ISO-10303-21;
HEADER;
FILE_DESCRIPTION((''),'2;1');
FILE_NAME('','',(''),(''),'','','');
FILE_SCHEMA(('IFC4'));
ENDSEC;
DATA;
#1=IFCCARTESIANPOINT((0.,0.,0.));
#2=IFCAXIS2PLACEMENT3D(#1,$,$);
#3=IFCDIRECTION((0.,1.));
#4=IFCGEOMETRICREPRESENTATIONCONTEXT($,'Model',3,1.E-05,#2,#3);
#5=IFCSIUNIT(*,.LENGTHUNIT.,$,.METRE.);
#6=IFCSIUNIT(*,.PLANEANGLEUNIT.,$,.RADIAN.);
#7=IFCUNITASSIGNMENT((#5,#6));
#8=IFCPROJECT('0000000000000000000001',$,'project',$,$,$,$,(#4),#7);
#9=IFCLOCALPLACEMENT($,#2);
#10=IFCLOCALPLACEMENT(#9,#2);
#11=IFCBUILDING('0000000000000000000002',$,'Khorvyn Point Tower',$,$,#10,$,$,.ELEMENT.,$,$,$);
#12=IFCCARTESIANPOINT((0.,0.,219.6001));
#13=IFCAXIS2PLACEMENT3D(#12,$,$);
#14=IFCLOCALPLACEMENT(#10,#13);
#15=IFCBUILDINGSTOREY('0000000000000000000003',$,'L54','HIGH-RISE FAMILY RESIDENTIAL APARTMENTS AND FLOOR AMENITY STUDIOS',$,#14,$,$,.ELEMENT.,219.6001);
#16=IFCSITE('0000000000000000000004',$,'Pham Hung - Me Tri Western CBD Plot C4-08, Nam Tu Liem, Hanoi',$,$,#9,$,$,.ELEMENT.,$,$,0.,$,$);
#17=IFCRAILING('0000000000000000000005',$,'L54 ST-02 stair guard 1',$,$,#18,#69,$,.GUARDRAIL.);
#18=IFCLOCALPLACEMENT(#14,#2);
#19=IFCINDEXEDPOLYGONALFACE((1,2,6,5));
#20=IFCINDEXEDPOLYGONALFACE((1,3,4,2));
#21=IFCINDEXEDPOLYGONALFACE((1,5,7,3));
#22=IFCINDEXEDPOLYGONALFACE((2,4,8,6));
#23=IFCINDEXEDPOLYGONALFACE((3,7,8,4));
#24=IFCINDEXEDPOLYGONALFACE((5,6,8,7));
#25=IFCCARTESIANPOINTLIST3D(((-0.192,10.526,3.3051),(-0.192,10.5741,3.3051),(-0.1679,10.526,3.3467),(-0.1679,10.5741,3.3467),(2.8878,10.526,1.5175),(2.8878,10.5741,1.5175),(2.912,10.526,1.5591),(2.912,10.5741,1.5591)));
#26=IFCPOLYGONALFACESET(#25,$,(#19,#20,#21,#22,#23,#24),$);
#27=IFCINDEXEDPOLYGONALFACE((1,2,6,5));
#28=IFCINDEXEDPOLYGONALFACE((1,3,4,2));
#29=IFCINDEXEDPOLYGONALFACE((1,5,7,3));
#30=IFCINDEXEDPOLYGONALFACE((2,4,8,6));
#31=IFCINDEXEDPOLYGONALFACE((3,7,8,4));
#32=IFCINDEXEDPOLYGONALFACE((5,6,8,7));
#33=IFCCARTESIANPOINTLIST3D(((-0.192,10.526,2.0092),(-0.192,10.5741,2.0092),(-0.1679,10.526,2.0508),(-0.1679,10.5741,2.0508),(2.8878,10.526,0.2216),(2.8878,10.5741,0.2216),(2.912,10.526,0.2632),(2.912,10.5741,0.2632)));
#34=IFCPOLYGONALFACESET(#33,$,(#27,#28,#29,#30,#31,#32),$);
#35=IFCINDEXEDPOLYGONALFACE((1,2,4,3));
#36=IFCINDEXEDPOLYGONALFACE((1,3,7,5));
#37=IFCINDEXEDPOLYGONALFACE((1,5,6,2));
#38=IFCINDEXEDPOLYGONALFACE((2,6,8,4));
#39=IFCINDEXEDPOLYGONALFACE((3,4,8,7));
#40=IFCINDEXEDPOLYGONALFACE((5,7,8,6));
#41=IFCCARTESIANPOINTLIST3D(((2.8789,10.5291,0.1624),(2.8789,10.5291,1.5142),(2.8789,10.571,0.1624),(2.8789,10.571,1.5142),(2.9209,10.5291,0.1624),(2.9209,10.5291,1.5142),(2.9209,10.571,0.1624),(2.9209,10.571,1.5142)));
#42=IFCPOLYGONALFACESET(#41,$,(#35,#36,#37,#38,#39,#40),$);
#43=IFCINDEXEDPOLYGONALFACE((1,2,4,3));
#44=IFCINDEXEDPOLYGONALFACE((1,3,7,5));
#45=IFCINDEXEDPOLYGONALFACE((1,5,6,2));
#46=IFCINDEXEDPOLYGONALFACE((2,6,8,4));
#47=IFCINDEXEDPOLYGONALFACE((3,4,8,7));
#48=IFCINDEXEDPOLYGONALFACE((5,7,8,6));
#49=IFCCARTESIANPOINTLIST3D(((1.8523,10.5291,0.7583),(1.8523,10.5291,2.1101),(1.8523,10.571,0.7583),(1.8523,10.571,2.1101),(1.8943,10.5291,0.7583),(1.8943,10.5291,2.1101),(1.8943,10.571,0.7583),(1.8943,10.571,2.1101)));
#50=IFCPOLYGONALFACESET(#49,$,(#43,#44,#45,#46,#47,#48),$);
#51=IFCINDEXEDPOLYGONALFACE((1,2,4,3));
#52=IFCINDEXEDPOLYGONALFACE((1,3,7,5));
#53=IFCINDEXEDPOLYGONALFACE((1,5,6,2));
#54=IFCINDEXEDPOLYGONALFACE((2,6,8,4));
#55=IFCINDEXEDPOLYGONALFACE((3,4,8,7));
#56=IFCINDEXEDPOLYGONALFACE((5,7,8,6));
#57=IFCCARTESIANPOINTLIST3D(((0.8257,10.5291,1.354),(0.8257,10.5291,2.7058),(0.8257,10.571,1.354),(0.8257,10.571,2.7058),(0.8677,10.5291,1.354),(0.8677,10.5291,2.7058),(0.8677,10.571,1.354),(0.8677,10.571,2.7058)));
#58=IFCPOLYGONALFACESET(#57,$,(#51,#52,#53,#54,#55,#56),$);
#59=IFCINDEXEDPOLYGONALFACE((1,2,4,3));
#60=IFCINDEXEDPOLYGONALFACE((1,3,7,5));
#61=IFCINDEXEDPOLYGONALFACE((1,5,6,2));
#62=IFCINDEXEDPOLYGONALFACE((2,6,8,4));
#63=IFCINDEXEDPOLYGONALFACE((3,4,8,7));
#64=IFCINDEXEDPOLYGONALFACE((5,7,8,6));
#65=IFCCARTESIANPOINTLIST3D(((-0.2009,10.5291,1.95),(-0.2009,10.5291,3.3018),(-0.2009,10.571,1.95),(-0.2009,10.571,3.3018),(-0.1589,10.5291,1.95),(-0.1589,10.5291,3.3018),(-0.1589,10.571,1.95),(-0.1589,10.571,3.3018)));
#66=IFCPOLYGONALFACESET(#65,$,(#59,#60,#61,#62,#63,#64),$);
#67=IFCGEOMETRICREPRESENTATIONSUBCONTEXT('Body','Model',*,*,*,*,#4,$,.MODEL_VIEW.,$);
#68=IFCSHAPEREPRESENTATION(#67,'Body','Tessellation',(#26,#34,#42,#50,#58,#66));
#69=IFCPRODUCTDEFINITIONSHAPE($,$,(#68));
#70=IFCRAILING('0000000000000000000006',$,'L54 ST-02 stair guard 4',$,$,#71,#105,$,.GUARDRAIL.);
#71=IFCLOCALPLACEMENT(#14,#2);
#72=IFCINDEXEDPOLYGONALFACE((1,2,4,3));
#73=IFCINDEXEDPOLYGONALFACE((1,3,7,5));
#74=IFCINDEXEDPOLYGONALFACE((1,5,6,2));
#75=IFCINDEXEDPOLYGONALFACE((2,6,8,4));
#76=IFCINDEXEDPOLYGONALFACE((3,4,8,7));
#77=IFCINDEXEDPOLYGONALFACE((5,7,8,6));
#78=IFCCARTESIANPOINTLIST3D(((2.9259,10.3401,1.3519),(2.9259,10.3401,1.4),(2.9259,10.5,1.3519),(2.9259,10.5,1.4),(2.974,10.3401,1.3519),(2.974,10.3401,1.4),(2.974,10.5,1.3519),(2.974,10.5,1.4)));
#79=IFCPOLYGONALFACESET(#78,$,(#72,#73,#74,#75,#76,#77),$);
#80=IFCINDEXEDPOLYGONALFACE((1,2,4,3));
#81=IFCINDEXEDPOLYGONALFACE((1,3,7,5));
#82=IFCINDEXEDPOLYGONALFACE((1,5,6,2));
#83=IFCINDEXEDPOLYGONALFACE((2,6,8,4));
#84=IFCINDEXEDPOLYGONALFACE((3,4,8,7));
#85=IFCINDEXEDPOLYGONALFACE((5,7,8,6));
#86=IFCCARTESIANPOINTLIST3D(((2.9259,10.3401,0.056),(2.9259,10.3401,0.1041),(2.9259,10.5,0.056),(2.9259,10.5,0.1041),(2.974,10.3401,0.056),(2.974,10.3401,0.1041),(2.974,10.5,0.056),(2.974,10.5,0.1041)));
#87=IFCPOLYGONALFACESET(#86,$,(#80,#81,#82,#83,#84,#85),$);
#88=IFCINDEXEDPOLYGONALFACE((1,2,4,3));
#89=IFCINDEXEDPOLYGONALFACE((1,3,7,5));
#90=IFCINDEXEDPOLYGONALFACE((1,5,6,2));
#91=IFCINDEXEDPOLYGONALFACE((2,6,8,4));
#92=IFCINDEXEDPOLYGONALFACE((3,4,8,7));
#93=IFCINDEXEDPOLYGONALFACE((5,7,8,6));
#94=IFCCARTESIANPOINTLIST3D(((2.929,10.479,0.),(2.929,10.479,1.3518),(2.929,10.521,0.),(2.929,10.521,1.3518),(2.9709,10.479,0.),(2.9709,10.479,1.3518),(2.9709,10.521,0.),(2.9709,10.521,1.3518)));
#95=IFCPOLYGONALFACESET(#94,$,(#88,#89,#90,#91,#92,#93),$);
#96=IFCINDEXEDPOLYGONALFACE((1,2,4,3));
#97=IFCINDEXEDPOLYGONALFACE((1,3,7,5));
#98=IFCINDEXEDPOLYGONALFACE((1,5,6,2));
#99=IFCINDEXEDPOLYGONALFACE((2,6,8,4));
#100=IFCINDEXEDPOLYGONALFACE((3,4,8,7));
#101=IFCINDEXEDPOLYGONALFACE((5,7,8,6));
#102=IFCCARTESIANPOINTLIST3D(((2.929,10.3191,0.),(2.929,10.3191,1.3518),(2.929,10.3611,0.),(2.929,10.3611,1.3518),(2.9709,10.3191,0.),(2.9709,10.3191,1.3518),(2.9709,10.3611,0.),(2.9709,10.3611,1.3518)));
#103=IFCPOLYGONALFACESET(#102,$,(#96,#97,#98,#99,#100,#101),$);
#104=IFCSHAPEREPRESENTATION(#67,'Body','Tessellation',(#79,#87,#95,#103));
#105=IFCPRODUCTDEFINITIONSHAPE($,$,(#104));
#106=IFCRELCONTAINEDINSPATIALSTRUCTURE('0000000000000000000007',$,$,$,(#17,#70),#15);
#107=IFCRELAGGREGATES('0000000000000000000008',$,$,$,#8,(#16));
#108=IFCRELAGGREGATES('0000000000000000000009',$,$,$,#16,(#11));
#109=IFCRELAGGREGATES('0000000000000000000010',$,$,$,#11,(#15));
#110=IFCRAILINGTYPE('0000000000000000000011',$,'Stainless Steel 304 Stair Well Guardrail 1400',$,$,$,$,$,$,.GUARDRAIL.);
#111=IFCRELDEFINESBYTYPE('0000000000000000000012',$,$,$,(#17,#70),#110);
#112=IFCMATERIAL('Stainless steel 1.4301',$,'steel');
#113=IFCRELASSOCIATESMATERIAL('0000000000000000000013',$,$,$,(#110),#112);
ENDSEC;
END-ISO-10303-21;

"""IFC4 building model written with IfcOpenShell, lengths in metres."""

from ifc_helpers import new_model, si_unit, direction, frame, origin, origin_2d, place, context, subcontext, project, spatial, rectangle, extrude, material, type_object, element, save


model = new_model("IFC4")

# Units and contexts
model_context = context("Model", 3, precision=1e-05, world=origin(), true_north=direction((0.0, 1.0)))
body_context = subcontext(model_context, "Body", "Model", "MODEL_VIEW")
ifc_project = project(units=[si_unit("LENGTHUNIT", "METRE"), si_unit("PLANEANGLEUNIT", "RADIAN")], contexts=[model_context])

# Site, building, storey
site_placement = place(None, origin())
site = spatial("IfcSite", under=ifc_project, at=site_placement, Name="Pham Hung - Me Tri Western CBD Plot C4-08, Nam Tu Liem, Hanoi", CompositionType="ELEMENT", RefElevation=0.0)
building_placement = place(site_placement, origin())
building = spatial("IfcBuilding", under=site, at=building_placement, Name="Khorvyn Point Tower", CompositionType="ELEMENT")
storey_placement = place(building_placement, frame((0.0, 0.0, 219.6001)))
storey = spatial("IfcBuildingStorey", under=building, at=storey_placement, Name="L54", Description="HIGH-RISE FAMILY RESIDENTIAL APARTMENTS AND FLOOR AMENITY STUDIOS", CompositionType="ELEMENT", Elevation=219.6001)

# Railings
ifc_material_1 = material(Name="Stainless steel 1.4301", Category="steel")
railing_type_1 = type_object("IfcRailingType", Name="Stainless Steel 304 Stair Well Guardrail 1400", PredefinedType="GUARDRAIL", material=ifc_material_1)
railing_1_placement = place(storey_placement, frame((2.8999, 10.55, 0.1624)))
element("IfcRailing", 1, at=railing_1_placement, inside=storey, type_object=railing_type_1, Name="L54 ST-02 stair guard 1", PredefinedType="GUARDRAIL", context=body_context, shape_type="SweptSolid", body=[
    extrude(rectangle(XDim=0.0481, YDim=0.0481, at=origin_2d()), frame((0.0, 0.0, 1.376), z_axis=(-0.864873, 0.0, 0.50199), x_axis=(0.0, -1.0, 0.0)), (0.0, 0.0, 1.0), 3.561),
    extrude(rectangle(XDim=0.0481, YDim=0.0481, at=origin_2d()), frame((0.0, 0.0, 0.0801), z_axis=(-0.864873, 0.0, 0.50199), x_axis=(0.0, -1.0, 0.0)), (0.0, 0.0, 1.0), 3.561),
    extrude(rectangle(XDim=0.042, YDim=0.042, at=origin_2d()), origin(), (0.0, 0.0, 1.0), 1.3518),
    extrude(rectangle(XDim=0.042, YDim=0.042, at=origin_2d()), frame((-1.0266, 0.0, 0.5959)), (0.0, 0.0, 1.0), 1.3518),
    extrude(rectangle(XDim=0.042, YDim=0.042, at=origin_2d()), frame((-2.0532, 0.0, 1.1917)), (0.0, 0.0, 1.0), 1.3518),
    extrude(rectangle(XDim=0.042, YDim=0.042, at=origin_2d()), frame((-3.0798, 0.0, 1.7876)), (0.0, 0.0, 1.0), 1.3518),
])
railing_2_placement = place(storey_placement, frame((2.95, 10.5, 0.0)))
element("IfcRailing", 2, at=railing_2_placement, inside=storey, type_object=railing_type_1, Name="L54 ST-02 stair guard 4", PredefinedType="GUARDRAIL", context=body_context, shape_type="SweptSolid", body=[
    extrude(rectangle(XDim=0.0481, YDim=0.0481, at=origin_2d()), frame((0.0, 0.0, 1.376), z_axis=(0.0, -1.0, 0.0), x_axis=(1.0, 0.0, 0.0)), (0.0, 0.0, 1.0), 0.1599),
    extrude(rectangle(XDim=0.0481, YDim=0.0481, at=origin_2d()), frame((0.0, 0.0, 0.0801), z_axis=(0.0, -1.0, 0.0), x_axis=(1.0, 0.0, 0.0)), (0.0, 0.0, 1.0), 0.1599),
    extrude(rectangle(XDim=0.042, YDim=0.042, at=origin_2d()), origin(), (0.0, 0.0, 1.0), 1.3518),
    extrude(rectangle(XDim=0.042, YDim=0.042, at=origin_2d()), frame((0.0, -0.1599, 0.0)), (0.0, 0.0, 1.0), 1.3518),
])

save(model, "model.ifc")
